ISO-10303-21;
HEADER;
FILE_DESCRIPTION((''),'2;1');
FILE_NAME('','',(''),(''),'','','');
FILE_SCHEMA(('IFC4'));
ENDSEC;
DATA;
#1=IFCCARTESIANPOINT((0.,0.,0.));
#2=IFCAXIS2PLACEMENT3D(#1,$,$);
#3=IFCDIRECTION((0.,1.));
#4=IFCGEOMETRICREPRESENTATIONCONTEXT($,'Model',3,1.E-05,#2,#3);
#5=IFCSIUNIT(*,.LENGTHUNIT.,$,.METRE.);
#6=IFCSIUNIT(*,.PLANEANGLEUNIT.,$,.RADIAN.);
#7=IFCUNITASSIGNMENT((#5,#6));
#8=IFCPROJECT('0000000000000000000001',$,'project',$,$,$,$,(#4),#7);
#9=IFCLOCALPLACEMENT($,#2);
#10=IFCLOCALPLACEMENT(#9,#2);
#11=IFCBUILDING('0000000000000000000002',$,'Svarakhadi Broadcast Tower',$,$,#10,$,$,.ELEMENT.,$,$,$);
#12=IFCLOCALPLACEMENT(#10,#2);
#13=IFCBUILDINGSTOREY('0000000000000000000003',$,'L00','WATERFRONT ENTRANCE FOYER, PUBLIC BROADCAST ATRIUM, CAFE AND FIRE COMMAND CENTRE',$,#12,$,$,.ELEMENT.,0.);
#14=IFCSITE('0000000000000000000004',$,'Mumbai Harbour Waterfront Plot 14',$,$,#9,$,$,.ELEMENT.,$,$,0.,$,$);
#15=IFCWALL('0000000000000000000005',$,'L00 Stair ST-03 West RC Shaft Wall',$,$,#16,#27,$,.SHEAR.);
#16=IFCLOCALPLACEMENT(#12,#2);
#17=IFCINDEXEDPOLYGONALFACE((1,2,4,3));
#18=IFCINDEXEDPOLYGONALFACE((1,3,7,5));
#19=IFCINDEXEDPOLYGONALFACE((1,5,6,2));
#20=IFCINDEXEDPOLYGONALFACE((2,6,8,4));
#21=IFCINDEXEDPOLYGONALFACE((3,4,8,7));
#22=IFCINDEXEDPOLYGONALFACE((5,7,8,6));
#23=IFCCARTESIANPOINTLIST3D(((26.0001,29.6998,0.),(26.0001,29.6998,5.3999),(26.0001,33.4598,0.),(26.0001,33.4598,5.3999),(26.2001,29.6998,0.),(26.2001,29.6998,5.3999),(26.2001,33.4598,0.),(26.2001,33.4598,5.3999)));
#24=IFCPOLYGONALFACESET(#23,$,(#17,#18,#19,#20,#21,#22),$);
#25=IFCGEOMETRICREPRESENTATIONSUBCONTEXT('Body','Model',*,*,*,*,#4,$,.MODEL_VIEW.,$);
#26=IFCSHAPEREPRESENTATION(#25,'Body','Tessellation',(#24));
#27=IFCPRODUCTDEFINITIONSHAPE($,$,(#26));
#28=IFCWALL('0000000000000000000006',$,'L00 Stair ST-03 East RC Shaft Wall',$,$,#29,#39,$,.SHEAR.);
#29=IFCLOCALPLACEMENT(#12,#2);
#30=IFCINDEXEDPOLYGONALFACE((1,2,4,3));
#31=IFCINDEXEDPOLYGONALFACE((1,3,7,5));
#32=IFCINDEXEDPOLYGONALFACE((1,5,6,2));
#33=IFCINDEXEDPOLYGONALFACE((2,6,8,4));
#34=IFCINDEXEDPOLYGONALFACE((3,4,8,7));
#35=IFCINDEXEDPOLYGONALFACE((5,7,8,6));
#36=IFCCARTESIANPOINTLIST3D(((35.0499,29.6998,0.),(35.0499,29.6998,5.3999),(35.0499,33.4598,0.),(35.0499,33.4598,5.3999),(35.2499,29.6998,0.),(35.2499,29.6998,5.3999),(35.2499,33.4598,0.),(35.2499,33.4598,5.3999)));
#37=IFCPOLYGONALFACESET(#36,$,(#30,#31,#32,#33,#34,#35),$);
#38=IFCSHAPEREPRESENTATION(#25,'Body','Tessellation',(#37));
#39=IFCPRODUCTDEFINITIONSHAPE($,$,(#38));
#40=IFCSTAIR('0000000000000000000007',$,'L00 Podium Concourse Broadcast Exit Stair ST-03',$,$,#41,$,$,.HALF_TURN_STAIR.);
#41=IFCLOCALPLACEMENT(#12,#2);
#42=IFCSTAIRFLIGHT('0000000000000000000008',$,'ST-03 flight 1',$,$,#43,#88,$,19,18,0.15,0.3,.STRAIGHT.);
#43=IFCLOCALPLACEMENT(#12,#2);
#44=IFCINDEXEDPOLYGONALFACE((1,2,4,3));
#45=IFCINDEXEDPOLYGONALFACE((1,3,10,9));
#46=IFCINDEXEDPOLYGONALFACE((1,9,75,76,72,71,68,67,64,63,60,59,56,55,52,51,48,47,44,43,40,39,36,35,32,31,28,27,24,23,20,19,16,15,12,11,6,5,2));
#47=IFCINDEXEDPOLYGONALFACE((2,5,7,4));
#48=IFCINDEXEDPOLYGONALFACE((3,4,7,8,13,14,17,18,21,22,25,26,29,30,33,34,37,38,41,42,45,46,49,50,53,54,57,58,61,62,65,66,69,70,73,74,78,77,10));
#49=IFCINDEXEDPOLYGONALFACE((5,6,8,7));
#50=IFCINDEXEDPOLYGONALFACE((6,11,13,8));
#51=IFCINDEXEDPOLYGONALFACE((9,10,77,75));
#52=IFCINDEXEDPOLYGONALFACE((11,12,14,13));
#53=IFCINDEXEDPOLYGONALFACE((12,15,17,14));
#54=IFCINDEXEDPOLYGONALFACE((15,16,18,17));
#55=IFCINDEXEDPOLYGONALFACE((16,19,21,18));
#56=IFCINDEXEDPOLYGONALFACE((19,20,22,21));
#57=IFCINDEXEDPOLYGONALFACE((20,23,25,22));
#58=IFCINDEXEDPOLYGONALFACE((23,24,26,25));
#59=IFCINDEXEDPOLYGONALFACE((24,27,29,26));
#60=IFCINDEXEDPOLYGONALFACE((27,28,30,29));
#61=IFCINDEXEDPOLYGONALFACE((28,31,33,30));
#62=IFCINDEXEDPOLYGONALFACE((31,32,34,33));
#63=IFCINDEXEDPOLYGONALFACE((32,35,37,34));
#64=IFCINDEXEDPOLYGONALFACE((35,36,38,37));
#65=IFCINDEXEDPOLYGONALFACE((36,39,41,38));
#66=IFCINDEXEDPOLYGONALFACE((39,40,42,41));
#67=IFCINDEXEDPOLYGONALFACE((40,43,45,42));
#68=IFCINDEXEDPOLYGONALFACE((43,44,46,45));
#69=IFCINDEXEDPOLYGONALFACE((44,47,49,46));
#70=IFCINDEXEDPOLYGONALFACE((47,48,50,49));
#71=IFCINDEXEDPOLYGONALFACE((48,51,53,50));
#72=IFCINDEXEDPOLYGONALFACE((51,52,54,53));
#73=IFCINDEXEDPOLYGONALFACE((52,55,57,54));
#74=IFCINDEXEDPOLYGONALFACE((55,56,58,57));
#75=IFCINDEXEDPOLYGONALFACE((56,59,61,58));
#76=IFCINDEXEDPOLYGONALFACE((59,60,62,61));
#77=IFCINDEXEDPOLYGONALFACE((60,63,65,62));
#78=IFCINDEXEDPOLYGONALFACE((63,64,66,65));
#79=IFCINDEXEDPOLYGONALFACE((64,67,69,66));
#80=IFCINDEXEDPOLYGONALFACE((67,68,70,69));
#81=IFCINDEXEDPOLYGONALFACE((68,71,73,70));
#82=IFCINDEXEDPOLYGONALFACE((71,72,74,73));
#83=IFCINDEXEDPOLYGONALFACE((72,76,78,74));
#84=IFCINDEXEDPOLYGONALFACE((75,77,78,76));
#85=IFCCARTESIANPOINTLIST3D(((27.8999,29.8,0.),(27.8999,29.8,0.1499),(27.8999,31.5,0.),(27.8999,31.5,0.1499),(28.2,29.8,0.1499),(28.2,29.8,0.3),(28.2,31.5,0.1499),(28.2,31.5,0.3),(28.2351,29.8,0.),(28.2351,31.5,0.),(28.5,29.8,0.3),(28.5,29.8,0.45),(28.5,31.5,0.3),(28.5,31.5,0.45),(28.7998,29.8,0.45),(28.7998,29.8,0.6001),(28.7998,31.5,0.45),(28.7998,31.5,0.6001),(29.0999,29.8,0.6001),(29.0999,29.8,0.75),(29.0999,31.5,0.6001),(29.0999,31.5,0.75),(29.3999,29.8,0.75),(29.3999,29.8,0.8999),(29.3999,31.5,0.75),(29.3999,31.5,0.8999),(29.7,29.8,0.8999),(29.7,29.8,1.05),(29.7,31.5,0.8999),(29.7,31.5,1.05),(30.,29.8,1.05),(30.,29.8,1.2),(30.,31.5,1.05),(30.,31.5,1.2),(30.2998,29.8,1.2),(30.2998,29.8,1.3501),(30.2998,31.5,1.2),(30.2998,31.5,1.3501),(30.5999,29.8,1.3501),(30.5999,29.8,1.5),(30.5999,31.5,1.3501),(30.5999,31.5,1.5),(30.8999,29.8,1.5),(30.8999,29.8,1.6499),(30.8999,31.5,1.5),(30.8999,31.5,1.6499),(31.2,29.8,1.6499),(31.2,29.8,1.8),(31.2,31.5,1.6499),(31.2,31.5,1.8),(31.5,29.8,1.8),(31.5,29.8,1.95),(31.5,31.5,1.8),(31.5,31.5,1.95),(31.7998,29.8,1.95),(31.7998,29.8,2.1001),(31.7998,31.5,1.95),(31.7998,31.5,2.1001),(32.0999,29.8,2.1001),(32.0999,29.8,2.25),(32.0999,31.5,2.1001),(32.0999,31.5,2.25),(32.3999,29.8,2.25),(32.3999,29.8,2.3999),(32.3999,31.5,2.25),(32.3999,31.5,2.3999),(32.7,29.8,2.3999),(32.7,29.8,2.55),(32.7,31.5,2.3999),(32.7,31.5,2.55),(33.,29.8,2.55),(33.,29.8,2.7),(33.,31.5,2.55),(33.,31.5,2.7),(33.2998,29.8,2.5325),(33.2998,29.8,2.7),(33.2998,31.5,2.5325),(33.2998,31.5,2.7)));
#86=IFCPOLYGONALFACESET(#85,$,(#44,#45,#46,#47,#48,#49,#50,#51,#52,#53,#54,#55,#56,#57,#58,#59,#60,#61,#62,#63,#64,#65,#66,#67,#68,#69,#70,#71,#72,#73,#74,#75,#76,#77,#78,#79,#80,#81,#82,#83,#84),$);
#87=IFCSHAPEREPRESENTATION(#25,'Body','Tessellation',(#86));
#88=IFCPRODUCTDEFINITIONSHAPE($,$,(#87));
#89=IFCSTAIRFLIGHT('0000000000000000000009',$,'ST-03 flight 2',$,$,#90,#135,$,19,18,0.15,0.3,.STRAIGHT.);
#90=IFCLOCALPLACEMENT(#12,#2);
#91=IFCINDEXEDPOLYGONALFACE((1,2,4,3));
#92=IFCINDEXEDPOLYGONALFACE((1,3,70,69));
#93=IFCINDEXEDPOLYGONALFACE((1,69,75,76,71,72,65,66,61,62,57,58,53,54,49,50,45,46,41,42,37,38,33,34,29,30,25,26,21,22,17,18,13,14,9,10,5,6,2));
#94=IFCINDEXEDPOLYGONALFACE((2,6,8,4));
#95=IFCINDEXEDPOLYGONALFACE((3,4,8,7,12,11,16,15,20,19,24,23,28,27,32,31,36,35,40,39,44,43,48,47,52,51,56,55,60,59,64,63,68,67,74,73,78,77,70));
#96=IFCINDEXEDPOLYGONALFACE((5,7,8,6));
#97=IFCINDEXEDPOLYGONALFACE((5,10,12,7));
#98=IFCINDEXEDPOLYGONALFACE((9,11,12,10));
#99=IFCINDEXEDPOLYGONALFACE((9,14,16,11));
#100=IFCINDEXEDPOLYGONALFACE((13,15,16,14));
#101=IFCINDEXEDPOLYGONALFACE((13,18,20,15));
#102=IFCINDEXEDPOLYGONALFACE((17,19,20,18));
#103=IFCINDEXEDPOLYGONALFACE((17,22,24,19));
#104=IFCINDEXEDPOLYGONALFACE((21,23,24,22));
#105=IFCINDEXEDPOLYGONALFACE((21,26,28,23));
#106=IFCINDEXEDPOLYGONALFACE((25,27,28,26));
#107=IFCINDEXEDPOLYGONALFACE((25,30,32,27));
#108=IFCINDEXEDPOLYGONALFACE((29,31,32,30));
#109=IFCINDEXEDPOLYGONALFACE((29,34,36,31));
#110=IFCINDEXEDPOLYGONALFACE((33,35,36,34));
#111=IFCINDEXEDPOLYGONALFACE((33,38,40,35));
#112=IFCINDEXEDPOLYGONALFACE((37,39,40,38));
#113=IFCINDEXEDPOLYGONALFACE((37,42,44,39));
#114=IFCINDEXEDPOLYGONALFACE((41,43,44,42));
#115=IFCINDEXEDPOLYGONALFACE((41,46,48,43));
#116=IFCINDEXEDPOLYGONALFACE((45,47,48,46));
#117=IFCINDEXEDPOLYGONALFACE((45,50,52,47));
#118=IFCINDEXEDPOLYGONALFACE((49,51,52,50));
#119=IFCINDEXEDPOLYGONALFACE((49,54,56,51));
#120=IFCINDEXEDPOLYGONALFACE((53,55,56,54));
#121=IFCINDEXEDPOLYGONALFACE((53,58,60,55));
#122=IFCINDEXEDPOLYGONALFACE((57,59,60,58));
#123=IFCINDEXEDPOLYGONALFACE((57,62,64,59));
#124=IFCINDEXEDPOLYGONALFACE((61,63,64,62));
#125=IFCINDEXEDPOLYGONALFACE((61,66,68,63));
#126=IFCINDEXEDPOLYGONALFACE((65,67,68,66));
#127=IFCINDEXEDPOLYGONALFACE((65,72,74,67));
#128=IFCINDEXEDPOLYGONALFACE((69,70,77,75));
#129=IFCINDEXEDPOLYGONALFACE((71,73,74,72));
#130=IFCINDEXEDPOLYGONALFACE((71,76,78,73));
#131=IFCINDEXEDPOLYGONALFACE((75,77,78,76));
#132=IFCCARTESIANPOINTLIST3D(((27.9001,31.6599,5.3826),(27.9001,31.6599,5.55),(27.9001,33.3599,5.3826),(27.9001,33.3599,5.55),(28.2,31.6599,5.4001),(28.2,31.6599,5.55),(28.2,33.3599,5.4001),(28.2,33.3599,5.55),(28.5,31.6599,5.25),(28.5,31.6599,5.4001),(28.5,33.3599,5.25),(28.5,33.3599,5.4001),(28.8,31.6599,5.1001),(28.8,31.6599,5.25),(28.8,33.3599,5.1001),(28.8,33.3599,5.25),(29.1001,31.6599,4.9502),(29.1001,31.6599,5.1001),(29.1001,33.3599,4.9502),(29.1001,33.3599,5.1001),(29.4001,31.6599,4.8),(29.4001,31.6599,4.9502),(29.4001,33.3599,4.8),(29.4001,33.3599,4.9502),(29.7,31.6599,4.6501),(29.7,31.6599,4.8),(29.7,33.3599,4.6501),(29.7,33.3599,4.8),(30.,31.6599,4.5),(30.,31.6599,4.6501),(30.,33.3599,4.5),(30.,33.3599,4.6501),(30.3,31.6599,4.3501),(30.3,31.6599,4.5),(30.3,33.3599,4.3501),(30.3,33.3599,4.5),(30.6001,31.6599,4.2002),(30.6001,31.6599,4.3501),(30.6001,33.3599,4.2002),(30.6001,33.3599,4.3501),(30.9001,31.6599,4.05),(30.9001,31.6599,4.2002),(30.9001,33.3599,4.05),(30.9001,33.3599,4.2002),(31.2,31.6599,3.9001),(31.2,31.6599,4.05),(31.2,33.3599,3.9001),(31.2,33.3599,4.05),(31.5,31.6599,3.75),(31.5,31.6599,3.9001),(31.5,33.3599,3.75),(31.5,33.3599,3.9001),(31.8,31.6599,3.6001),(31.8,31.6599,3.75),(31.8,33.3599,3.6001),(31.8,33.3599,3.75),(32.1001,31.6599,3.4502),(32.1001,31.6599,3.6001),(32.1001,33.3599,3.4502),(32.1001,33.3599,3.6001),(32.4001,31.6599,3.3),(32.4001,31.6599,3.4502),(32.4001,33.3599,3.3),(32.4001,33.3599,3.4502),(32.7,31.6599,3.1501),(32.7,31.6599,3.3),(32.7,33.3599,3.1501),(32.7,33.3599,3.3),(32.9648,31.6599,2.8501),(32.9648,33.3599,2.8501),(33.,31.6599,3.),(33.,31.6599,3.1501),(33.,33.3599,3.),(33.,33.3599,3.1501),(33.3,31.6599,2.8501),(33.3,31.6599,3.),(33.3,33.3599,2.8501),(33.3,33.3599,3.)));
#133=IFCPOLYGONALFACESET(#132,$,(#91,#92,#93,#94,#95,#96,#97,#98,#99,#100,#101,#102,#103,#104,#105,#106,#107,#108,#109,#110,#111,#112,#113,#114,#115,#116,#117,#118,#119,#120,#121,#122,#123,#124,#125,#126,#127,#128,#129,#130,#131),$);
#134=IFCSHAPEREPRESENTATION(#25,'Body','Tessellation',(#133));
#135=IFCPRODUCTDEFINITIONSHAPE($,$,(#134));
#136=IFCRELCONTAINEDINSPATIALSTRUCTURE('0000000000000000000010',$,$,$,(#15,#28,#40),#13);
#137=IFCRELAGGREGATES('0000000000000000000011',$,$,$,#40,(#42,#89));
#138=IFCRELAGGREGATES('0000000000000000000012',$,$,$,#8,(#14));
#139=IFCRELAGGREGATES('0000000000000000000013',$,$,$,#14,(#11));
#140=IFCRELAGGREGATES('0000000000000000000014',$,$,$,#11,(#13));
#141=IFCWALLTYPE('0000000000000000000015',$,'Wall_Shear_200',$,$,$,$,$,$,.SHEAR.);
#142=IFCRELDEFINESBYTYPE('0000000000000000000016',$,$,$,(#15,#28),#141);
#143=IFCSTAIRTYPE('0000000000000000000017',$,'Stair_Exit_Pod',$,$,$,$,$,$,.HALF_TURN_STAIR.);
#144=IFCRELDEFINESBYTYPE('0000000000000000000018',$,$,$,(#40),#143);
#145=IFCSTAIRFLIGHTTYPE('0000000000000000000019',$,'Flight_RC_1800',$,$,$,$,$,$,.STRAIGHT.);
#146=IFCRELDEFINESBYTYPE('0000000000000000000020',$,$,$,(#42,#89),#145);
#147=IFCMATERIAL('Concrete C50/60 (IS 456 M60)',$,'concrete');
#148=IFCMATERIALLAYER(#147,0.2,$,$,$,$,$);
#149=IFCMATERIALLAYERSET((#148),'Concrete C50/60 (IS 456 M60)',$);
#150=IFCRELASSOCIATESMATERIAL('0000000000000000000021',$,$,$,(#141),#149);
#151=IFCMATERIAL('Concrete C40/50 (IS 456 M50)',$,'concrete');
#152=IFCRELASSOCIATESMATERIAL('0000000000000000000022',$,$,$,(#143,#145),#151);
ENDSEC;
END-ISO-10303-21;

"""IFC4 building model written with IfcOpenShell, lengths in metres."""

from ifc_helpers import new_model, si_unit, direction, frame, frame_2d, origin, place, context, subcontext, project, spatial, polyline, rectangle, outline, extrude, material, layer, layer_set, type_object, element, aggregate, save


model = new_model("IFC4")

# Units and contexts
model_context = context("Model", 3, precision=1e-05, world=origin(), true_north=direction((0.0, 1.0)))
body_context = subcontext(model_context, "Body", "Model", "MODEL_VIEW")
ifc_project = project(units=[si_unit("LENGTHUNIT", "METRE"), si_unit("PLANEANGLEUNIT", "RADIAN")], contexts=[model_context])

# Site, building, storey
site_placement = place(None, origin())
site = spatial("IfcSite", under=ifc_project, at=site_placement, Name="Mumbai Harbour Waterfront Plot 14", CompositionType="ELEMENT", RefElevation=0.0)
building_placement = place(site_placement, origin())
building = spatial("IfcBuilding", under=site, at=building_placement, Name="Svarakhadi Broadcast Tower", CompositionType="ELEMENT")
storey_placement = place(building_placement, origin())
storey = spatial("IfcBuildingStorey", under=building, at=storey_placement, Name="L00", Description="WATERFRONT ENTRANCE FOYER, PUBLIC BROADCAST ATRIUM, CAFE AND FIRE COMMAND CENTRE", CompositionType="ELEMENT", Elevation=0.0)

# Shared definitions
ifc_material_1 = material(Name="Concrete C50/60 (IS 456 M60)", Category="concrete")

# Shared definitions
ifc_material_2 = material(Name="Concrete C40/50 (IS 456 M50)", Category="concrete")

# Shared definitions
ifc_layer_1 = layer(ifc_material_1, 0.2)
ifc_layer_set_1 = layer_set([ifc_layer_1], Name="Concrete C50/60 (IS 456 M60)")
wall_type_1 = type_object("IfcWallType", Name="Wall_Shear_200", PredefinedType="SHEAR", material=ifc_layer_set_1)

# Walls
for number, where, z_axis, x_axis, name in (
    (1, (26.1001, 29.7, 0.0), (0.0, 0.0, 1.0), (0.0, 1.0, 0.0), "L00 Stair ST-03 West RC Shaft Wall"),
    (2, (35.1499, 29.7, 0.0), (0.0, 0.0, 1.0), (0.0, 1.0, 0.0), "L00 Stair ST-03 East RC Shaft Wall"),
):
    element("IfcWall", number, at=place(storey_placement, frame(where, z_axis=z_axis, x_axis=x_axis)), inside=storey, type_object=wall_type_1, Name=name, PredefinedType="SHEAR", context=body_context, shape_type="SweptSolid", body=[
        extrude(rectangle(XDim=3.76, YDim=0.2, at=frame_2d((1.8799, 0.0))), origin(), (0.0, 0.0, 1.0), 5.3999),
    ])

# Stair, stair flights
stair_type = type_object("IfcStairType", Name="Stair_Exit_Pod", PredefinedType="HALF_TURN_STAIR", material=ifc_material_2)
stair_placement = place(storey_placement, origin())
stair = element("IfcStair", 3, at=stair_placement, inside=storey, type_object=stair_type, Name="L00 Podium Concourse Broadcast Exit Stair ST-03", PredefinedType="HALF_TURN_STAIR")
stair_flight_type = type_object("IfcStairFlightType", Name="Flight_RC_1800", PredefinedType="STRAIGHT", material=ifc_material_2)
stair_flight_1_placement = place(storey_placement, frame((27.8999, 30.6499, 0.0), z_axis=(0.0, 0.0, 1.0), x_axis=(1.0, 0.0, 0.0)))
stair_flight_1 = element("IfcStairFlight", 4, at=stair_flight_1_placement, type_object=stair_flight_type, Name="ST-03 flight 1", NumberOfRisers=19, NumberOfTreads=18, PredefinedType="STRAIGHT", RiserHeight=0.15, TreadLength=0.3, context=body_context, shape_type="SweptSolid", body=[
    extrude(outline(polyline([(0.0, 0.0), (0.0, 0.1499), (0.3, 0.1499), (0.3, 0.3), (0.6001, 0.3), (0.6001, 0.45), (0.8999, 0.45), (0.8999, 0.6001), (1.2, 0.6001), (1.2, 0.75), (1.5, 0.75), (1.5, 0.8999), (1.8, 0.8999), (1.8, 1.05), (2.1001, 1.05), (2.1001, 1.2), (2.3999, 1.2), (2.3999, 1.3501), (2.7, 1.3501), (2.7, 1.5), (3.0, 1.5), (3.0, 1.6499), (3.3, 1.6499), (3.3, 1.8), (3.6001, 1.8), (3.6001, 1.95), (3.8999, 1.95), (3.8999, 2.1001), (4.2, 2.1001), (4.2, 2.25), (4.5, 2.25), (4.5, 2.3999), (4.8, 2.3999), (4.8, 2.55), (5.1001, 2.55), (5.1001, 2.7), (5.3999, 2.7), (5.3999, 2.8501), (5.3999, 2.5325), (0.3352, 0.0), (0.0, 0.0)])), frame((0.0, 0.8501, 0.0), z_axis=(0.0, -1.0, 0.0), x_axis=(1.0, 0.0, 0.0)), (0.0, 0.0, 1.0), 1.7),
])
stair_flight_2_placement = place(storey_placement, frame((33.3, 32.51, 2.8501), z_axis=(0.0, 0.0, 1.0), x_axis=(-1.0, 0.0, 0.0)))
stair_flight_2 = element("IfcStairFlight", 5, at=stair_flight_2_placement, type_object=stair_flight_type, Name="ST-03 flight 2", NumberOfRisers=19, NumberOfTreads=18, PredefinedType="STRAIGHT", RiserHeight=0.15, TreadLength=0.3, context=body_context, shape_type="SweptSolid", body=[
    extrude(outline(polyline([(0.0, 0.0), (0.0, 0.1499), (0.3, 0.1499), (0.3, 0.3), (0.6001, 0.3), (0.6001, 0.45), (0.8999, 0.45), (0.8999, 0.6001), (1.2, 0.6001), (1.2, 0.75), (1.5, 0.75), (1.5, 0.8999), (1.8, 0.8999), (1.8, 1.05), (2.1001, 1.05), (2.1001, 1.2), (2.3999, 1.2), (2.3999, 1.3501), (2.7, 1.3501), (2.7, 1.5), (3.0, 1.5), (3.0, 1.6499), (3.3, 1.6499), (3.3, 1.8), (3.6001, 1.8), (3.6001, 1.95), (3.8999, 1.95), (3.8999, 2.1001), (4.2, 2.1001), (4.2, 2.25), (4.5, 2.25), (4.5, 2.3999), (4.8, 2.3999), (4.8, 2.55), (5.1001, 2.55), (5.1001, 2.7), (5.3999, 2.7), (5.3999, 2.8501), (5.3999, 2.5325), (0.3352, 0.0), (0.0, 0.0)])), frame((0.0, 0.8501, 0.0), z_axis=(0.0, -1.0, 0.0), x_axis=(1.0, 0.0, 0.0)), (0.0, 0.0, 1.0), 1.7),
])
aggregate(stair, [stair_flight_1, stair_flight_2])

save(model, "model.ifc")
